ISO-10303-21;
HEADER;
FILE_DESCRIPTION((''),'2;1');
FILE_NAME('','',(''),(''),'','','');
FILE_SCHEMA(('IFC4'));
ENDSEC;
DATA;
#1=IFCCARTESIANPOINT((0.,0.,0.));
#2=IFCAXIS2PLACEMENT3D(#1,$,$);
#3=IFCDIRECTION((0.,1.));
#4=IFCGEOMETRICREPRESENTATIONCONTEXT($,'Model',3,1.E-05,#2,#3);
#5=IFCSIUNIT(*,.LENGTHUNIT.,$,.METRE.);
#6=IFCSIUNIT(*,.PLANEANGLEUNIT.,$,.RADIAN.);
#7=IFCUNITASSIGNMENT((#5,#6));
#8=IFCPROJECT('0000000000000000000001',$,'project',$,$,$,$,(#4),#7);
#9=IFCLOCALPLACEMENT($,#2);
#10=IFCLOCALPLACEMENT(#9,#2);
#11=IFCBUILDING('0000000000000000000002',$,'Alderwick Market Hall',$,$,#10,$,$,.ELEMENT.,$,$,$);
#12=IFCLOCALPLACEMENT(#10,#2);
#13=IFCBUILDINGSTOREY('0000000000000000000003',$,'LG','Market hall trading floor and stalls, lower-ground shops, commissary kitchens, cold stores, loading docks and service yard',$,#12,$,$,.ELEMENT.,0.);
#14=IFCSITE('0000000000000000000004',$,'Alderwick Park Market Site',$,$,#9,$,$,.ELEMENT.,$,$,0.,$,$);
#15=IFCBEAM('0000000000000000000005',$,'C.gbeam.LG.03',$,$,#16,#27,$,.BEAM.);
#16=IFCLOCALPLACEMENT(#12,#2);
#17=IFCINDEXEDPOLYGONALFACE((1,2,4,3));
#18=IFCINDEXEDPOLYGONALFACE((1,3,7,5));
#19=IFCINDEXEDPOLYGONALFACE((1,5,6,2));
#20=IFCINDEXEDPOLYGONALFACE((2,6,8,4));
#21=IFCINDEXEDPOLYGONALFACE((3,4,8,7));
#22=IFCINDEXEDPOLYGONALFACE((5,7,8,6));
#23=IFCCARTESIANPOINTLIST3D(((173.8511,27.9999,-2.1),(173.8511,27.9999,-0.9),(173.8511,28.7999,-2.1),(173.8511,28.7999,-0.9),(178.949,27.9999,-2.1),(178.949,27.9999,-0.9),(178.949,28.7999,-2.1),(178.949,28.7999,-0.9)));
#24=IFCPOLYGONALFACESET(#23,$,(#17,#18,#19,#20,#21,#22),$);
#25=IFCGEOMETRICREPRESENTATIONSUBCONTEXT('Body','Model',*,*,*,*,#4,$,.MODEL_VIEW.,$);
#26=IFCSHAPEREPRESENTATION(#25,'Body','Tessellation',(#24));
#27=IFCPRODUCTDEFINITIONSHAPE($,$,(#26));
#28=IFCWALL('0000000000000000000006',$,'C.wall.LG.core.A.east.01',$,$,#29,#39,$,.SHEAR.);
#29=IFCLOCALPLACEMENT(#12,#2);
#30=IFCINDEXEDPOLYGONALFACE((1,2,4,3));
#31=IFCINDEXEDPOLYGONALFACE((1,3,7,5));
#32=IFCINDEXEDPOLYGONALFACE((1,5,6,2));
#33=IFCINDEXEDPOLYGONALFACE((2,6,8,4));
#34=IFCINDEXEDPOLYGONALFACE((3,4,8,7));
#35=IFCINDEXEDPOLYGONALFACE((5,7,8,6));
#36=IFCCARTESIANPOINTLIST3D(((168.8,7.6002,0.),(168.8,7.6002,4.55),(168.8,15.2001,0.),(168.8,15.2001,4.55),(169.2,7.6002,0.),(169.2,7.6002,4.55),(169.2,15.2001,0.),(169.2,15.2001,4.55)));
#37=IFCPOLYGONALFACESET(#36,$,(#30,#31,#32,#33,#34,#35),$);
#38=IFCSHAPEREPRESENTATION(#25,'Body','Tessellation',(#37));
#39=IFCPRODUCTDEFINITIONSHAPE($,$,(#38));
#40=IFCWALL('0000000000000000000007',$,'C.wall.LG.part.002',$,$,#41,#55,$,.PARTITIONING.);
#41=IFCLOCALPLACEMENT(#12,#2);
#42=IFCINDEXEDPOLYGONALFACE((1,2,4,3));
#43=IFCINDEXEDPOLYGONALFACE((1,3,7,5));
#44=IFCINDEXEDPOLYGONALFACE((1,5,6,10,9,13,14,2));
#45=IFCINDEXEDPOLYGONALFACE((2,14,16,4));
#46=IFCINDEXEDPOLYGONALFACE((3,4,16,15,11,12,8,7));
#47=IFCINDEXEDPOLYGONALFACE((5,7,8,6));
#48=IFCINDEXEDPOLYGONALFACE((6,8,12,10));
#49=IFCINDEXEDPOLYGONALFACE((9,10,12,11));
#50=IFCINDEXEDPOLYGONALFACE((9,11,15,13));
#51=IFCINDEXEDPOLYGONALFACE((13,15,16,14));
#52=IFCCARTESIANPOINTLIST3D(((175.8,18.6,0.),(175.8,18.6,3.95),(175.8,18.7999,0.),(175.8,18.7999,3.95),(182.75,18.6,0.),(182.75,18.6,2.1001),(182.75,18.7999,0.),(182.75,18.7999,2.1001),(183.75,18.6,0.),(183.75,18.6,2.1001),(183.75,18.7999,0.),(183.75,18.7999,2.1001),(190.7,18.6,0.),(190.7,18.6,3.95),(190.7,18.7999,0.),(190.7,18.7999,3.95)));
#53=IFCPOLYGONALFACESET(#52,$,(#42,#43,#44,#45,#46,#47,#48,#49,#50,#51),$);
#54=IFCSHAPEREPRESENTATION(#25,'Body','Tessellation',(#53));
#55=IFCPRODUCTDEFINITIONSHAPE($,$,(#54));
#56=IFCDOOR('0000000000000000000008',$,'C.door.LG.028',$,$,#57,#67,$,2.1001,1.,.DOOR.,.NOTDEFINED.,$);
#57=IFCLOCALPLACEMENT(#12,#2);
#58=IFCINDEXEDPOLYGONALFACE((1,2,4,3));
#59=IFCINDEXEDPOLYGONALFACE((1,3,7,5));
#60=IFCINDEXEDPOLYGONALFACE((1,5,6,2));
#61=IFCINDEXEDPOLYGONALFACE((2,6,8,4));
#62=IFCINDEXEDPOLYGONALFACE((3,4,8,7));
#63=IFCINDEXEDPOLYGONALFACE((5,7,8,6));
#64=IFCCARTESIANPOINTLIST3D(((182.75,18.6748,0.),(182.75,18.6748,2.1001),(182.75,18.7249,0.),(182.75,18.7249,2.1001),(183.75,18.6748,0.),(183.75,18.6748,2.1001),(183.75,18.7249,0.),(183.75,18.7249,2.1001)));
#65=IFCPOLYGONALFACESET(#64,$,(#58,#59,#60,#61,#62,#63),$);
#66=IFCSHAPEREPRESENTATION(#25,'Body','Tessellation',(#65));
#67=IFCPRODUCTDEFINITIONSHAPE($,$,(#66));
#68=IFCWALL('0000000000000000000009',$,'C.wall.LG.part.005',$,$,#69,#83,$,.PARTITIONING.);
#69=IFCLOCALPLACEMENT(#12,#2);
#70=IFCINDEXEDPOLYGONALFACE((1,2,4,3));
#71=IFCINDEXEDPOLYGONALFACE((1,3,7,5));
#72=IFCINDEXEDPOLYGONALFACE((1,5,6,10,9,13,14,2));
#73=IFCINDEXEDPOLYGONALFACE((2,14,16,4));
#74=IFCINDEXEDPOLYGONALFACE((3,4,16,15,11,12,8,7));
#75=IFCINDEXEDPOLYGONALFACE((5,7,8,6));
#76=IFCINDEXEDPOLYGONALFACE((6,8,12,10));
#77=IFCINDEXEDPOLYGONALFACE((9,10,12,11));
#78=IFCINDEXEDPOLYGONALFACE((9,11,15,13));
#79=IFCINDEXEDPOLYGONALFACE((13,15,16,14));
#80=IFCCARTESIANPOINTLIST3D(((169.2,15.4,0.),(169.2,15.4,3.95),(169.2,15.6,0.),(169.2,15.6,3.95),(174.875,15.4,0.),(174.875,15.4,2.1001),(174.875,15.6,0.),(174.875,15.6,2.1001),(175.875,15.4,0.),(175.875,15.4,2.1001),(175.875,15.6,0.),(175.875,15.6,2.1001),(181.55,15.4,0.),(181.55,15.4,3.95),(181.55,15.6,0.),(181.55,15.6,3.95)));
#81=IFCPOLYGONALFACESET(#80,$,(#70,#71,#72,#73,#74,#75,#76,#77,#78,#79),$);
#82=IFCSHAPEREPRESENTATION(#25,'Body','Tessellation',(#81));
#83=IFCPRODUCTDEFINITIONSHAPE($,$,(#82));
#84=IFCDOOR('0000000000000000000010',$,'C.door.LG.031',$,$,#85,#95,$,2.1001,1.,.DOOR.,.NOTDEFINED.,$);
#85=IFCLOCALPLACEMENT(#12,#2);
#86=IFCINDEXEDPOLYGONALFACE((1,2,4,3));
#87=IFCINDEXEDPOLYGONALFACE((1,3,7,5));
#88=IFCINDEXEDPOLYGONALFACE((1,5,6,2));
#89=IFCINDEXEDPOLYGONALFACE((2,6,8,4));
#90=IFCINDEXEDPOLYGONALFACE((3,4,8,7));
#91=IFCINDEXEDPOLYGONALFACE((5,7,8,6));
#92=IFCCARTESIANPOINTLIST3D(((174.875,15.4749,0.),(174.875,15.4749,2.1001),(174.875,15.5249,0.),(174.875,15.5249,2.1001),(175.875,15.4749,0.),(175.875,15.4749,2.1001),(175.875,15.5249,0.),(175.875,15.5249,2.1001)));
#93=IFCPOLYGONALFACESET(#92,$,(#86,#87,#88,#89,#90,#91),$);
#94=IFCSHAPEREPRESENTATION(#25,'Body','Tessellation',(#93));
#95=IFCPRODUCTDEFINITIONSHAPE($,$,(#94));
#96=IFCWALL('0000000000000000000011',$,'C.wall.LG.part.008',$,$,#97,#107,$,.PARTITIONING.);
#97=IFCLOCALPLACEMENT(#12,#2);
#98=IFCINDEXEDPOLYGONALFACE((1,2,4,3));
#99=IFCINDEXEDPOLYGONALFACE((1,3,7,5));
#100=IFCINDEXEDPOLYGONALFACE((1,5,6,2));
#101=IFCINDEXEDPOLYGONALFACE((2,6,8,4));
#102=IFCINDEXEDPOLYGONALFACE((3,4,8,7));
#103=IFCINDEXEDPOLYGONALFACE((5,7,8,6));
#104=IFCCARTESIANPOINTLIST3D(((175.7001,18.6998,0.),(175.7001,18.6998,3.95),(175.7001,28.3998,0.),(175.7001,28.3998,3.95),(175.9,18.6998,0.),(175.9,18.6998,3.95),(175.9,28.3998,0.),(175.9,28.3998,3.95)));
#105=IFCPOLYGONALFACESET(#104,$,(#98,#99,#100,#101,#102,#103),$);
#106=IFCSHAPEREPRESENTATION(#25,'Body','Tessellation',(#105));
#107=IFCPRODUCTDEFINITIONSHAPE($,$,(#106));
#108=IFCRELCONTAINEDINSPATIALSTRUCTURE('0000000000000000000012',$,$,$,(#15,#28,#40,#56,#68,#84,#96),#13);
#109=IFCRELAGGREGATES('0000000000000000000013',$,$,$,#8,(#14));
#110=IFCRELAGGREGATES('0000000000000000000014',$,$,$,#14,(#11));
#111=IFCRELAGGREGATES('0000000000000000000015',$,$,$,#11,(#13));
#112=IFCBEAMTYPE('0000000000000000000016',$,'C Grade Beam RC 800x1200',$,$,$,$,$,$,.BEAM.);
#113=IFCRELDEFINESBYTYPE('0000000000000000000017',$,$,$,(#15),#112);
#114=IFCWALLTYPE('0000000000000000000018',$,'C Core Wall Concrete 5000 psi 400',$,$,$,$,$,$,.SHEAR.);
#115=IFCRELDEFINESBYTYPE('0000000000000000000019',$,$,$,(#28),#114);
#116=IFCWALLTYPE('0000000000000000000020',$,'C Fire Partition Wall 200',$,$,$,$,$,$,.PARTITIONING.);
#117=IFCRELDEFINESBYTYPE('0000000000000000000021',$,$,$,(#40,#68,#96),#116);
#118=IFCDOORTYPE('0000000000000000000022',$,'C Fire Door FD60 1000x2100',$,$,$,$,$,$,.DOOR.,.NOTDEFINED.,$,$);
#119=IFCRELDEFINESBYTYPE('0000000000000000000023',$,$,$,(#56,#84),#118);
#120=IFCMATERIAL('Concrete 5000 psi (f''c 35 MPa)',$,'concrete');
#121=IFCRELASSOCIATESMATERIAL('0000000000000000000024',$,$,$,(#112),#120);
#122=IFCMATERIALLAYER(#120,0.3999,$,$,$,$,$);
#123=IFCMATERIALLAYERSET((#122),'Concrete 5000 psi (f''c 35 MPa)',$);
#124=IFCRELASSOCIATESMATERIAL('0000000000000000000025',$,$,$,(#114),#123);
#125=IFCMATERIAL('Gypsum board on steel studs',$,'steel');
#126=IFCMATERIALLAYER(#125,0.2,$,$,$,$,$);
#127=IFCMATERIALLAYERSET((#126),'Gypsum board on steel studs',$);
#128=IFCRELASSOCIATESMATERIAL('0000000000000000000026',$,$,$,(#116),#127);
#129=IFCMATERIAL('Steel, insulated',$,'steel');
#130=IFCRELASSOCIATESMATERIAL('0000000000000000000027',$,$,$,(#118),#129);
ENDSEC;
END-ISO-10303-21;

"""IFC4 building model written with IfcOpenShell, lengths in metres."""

from ifc_helpers import new_model, si_unit, direction, frame, frame_2d, origin, origin_2d, place, context, subcontext, project, spatial, rectangle, extrude, material, layer, layer_set, material_profile, profile_set, type_object, element, fill, save


model = new_model("IFC4")

# Units and contexts
model_context = context("Model", 3, precision=1e-05, world=origin(), true_north=direction((0.0, 1.0)))
body_context = subcontext(model_context, "Body", "Model", "MODEL_VIEW")
ifc_project = project(units=[si_unit("LENGTHUNIT", "METRE"), si_unit("PLANEANGLEUNIT", "RADIAN")], contexts=[model_context])

# Site, building, storey
site_placement = place(None, origin())
site = spatial("IfcSite", under=ifc_project, at=site_placement, Name="Alderwick Park Market Site", CompositionType="ELEMENT", RefElevation=0.0)
building_placement = place(site_placement, origin())
building = spatial("IfcBuilding", under=site, at=building_placement, Name="Alderwick Market Hall", CompositionType="ELEMENT")
storey_placement = place(building_placement, origin())
storey = spatial("IfcBuildingStorey", under=building, at=storey_placement, Name="LG", Description="Market hall trading floor and stalls, lower-ground shops, commissary kitchens, cold stores, loading docks and service yard", CompositionType="ELEMENT", Elevation=0.0)

# Shared definitions
ifc_material_1 = material(Name="Concrete 5000 psi (f'c 35 MPa)", Category="concrete")

# Beam
ifc_material_profile_1 = material_profile(ifc_material_1, rectangle(XDim=0.8, YDim=1.2, at=origin_2d()), Name="RC 800x1200")
ifc_profile_set_1 = profile_set([ifc_material_profile_1], Name="Concrete 5000 psi (f'c 35 MPa)")
beam_type_1 = type_object("IfcBeamType", Name="C Grade Beam RC 800x1200", PredefinedType="BEAM", material=ifc_profile_set_1)
beam_1_placement = place(storey_placement, frame((173.8511, 28.3999, -1.5), z_axis=(1.0, 0.0, 0.0), x_axis=(0.0, 1.0, 0.0)))
element("IfcBeam", 1, at=beam_1_placement, inside=storey, type_object=beam_type_1, Name="C.gbeam.LG.03", PredefinedType="BEAM", context=body_context, shape_type="SweptSolid", body=[
    extrude(rectangle(XDim=0.8, YDim=1.2, at=origin_2d()), origin(), (0.0, 0.0, 1.0), 5.0979),
])

# Wall
ifc_layer_1 = layer(ifc_material_1, 0.3999)
ifc_layer_set_1 = layer_set([ifc_layer_1], Name="Concrete 5000 psi (f'c 35 MPa)")
wall_type_1 = type_object("IfcWallType", Name="C Core Wall Concrete 5000 psi 400", PredefinedType="SHEAR", material=ifc_layer_set_1)
wall_1_placement = place(storey_placement, frame((169.0, 15.2, 0.0), z_axis=(0.0, 0.0, 1.0), x_axis=(0.0, -1.0, 0.0)))
element("IfcWall", 2, at=wall_1_placement, inside=storey, type_object=wall_type_1, Name="C.wall.LG.core.A.east.01", PredefinedType="SHEAR", context=body_context, shape_type="SweptSolid", body=[
    extrude(rectangle(XDim=7.5999, YDim=0.3999, at=frame_2d((3.7998, 0.0))), origin(), (0.0, 0.0, 1.0), 4.55),
])

# Walls, openings, doors
ifc_material_2 = material(Name="Gypsum board on steel studs", Category="steel")
ifc_layer_2 = layer(ifc_material_2, 0.2)
ifc_layer_set_2 = layer_set([ifc_layer_2], Name="Gypsum board on steel studs")
wall_type_2 = type_object("IfcWallType", Name="C Fire Partition Wall 200", PredefinedType="PARTITIONING", material=ifc_layer_set_2)
wall_2_placement = place(storey_placement, frame((175.8, 18.7, 0.0), z_axis=(0.0, 0.0, 1.0), x_axis=(1.0, 0.0, 0.0)))
wall_2 = element("IfcWall", 3, at=wall_2_placement, inside=storey, type_object=wall_type_2, Name="C.wall.LG.part.002", PredefinedType="PARTITIONING", context=body_context, shape_type="SweptSolid", body=[
    extrude(rectangle(XDim=14.8999, YDim=0.2, at=frame_2d((7.45, 0.0))), origin(), (0.0, 0.0, 1.0), 3.95),
])
opening_1_placement = place(wall_2_placement, frame((6.95, 0.0, 0.0)))
opening_1 = element("IfcOpeningElement", 4, at=opening_1_placement, cuts=wall_2, PredefinedType="OPENING", context=body_context, shape_type="SweptSolid", body=[
    extrude(rectangle(XDim=1.0, YDim=2.1001, at=frame_2d((0.5, 1.05))), frame((0.0, 0.1099, 0.0), z_axis=(0.0, -1.0, 0.0), x_axis=(1.0, 0.0, 0.0)), (0.0, 0.0, 1.0), 0.22),
])
ifc_material_3 = material(Name="Steel, insulated", Category="steel")
door_type = type_object("IfcDoorType", Name="C Fire Door FD60 1000x2100", OperationType="NOTDEFINED", PredefinedType="DOOR", material=ifc_material_3)
door_1_placement = place(opening_1_placement, origin())
door_1 = element("IfcDoor", 5, at=door_1_placement, inside=storey, type_object=door_type, Name="C.door.LG.028", OperationType="NOTDEFINED", OverallHeight=2.1001, OverallWidth=1.0, PredefinedType="DOOR", context=body_context, shape_type="SweptSolid", body=[
    extrude(rectangle(XDim=1.0, YDim=2.1001, at=frame_2d((0.5, 1.05))), frame((0.0, 0.0249, 0.0), z_axis=(0.0, -1.0, 0.0), x_axis=(1.0, 0.0, 0.0)), (0.0, 0.0, 1.0), 0.05),
])
fill(opening_1, door_1)
wall_3_placement = place(storey_placement, frame((169.2, 15.5, 0.0), z_axis=(0.0, 0.0, 1.0), x_axis=(1.0, 0.0, 0.0)))
wall_3 = element("IfcWall", 6, at=wall_3_placement, inside=storey, type_object=wall_type_2, Name="C.wall.LG.part.005", PredefinedType="PARTITIONING", context=body_context, shape_type="SweptSolid", body=[
    extrude(rectangle(XDim=12.3501, YDim=0.2, at=frame_2d((6.175, 0.0))), origin(), (0.0, 0.0, 1.0), 3.95),
])
opening_2_placement = place(wall_3_placement, frame((5.675, 0.0, 0.0)))
opening_2 = element("IfcOpeningElement", 7, at=opening_2_placement, cuts=wall_3, PredefinedType="OPENING", context=body_context, shape_type="SweptSolid", body=[
    extrude(rectangle(XDim=1.0, YDim=2.1001, at=frame_2d((0.5, 1.05))), frame((0.0, 0.1099, 0.0), z_axis=(0.0, -1.0, 0.0), x_axis=(1.0, 0.0, 0.0)), (0.0, 0.0, 1.0), 0.22),
])
door_2_placement = place(opening_2_placement, origin())
door_2 = element("IfcDoor", 8, at=door_2_placement, inside=storey, type_object=door_type, Name="C.door.LG.031", OperationType="NOTDEFINED", OverallHeight=2.1001, OverallWidth=1.0, PredefinedType="DOOR", context=body_context, shape_type="SweptSolid", body=[
    extrude(rectangle(XDim=1.0, YDim=2.1001, at=frame_2d((0.5, 1.05))), frame((0.0, 0.0249, 0.0), z_axis=(0.0, -1.0, 0.0), x_axis=(1.0, 0.0, 0.0)), (0.0, 0.0, 1.0), 0.05),
])
fill(opening_2, door_2)

# Wall
wall_4_placement = place(storey_placement, frame((175.8, 28.3999, 0.0), z_axis=(0.0, 0.0, 1.0), x_axis=(0.0, -1.0, 0.0)))
element("IfcWall", 9, at=wall_4_placement, inside=storey, type_object=wall_type_2, Name="C.wall.LG.part.008", PredefinedType="PARTITIONING", context=body_context, shape_type="SweptSolid", body=[
    extrude(rectangle(XDim=9.7, YDim=0.2, at=frame_2d((4.8501, 0.0))), origin(), (0.0, 0.0, 1.0), 3.95),
])

save(model, "model.ifc")
